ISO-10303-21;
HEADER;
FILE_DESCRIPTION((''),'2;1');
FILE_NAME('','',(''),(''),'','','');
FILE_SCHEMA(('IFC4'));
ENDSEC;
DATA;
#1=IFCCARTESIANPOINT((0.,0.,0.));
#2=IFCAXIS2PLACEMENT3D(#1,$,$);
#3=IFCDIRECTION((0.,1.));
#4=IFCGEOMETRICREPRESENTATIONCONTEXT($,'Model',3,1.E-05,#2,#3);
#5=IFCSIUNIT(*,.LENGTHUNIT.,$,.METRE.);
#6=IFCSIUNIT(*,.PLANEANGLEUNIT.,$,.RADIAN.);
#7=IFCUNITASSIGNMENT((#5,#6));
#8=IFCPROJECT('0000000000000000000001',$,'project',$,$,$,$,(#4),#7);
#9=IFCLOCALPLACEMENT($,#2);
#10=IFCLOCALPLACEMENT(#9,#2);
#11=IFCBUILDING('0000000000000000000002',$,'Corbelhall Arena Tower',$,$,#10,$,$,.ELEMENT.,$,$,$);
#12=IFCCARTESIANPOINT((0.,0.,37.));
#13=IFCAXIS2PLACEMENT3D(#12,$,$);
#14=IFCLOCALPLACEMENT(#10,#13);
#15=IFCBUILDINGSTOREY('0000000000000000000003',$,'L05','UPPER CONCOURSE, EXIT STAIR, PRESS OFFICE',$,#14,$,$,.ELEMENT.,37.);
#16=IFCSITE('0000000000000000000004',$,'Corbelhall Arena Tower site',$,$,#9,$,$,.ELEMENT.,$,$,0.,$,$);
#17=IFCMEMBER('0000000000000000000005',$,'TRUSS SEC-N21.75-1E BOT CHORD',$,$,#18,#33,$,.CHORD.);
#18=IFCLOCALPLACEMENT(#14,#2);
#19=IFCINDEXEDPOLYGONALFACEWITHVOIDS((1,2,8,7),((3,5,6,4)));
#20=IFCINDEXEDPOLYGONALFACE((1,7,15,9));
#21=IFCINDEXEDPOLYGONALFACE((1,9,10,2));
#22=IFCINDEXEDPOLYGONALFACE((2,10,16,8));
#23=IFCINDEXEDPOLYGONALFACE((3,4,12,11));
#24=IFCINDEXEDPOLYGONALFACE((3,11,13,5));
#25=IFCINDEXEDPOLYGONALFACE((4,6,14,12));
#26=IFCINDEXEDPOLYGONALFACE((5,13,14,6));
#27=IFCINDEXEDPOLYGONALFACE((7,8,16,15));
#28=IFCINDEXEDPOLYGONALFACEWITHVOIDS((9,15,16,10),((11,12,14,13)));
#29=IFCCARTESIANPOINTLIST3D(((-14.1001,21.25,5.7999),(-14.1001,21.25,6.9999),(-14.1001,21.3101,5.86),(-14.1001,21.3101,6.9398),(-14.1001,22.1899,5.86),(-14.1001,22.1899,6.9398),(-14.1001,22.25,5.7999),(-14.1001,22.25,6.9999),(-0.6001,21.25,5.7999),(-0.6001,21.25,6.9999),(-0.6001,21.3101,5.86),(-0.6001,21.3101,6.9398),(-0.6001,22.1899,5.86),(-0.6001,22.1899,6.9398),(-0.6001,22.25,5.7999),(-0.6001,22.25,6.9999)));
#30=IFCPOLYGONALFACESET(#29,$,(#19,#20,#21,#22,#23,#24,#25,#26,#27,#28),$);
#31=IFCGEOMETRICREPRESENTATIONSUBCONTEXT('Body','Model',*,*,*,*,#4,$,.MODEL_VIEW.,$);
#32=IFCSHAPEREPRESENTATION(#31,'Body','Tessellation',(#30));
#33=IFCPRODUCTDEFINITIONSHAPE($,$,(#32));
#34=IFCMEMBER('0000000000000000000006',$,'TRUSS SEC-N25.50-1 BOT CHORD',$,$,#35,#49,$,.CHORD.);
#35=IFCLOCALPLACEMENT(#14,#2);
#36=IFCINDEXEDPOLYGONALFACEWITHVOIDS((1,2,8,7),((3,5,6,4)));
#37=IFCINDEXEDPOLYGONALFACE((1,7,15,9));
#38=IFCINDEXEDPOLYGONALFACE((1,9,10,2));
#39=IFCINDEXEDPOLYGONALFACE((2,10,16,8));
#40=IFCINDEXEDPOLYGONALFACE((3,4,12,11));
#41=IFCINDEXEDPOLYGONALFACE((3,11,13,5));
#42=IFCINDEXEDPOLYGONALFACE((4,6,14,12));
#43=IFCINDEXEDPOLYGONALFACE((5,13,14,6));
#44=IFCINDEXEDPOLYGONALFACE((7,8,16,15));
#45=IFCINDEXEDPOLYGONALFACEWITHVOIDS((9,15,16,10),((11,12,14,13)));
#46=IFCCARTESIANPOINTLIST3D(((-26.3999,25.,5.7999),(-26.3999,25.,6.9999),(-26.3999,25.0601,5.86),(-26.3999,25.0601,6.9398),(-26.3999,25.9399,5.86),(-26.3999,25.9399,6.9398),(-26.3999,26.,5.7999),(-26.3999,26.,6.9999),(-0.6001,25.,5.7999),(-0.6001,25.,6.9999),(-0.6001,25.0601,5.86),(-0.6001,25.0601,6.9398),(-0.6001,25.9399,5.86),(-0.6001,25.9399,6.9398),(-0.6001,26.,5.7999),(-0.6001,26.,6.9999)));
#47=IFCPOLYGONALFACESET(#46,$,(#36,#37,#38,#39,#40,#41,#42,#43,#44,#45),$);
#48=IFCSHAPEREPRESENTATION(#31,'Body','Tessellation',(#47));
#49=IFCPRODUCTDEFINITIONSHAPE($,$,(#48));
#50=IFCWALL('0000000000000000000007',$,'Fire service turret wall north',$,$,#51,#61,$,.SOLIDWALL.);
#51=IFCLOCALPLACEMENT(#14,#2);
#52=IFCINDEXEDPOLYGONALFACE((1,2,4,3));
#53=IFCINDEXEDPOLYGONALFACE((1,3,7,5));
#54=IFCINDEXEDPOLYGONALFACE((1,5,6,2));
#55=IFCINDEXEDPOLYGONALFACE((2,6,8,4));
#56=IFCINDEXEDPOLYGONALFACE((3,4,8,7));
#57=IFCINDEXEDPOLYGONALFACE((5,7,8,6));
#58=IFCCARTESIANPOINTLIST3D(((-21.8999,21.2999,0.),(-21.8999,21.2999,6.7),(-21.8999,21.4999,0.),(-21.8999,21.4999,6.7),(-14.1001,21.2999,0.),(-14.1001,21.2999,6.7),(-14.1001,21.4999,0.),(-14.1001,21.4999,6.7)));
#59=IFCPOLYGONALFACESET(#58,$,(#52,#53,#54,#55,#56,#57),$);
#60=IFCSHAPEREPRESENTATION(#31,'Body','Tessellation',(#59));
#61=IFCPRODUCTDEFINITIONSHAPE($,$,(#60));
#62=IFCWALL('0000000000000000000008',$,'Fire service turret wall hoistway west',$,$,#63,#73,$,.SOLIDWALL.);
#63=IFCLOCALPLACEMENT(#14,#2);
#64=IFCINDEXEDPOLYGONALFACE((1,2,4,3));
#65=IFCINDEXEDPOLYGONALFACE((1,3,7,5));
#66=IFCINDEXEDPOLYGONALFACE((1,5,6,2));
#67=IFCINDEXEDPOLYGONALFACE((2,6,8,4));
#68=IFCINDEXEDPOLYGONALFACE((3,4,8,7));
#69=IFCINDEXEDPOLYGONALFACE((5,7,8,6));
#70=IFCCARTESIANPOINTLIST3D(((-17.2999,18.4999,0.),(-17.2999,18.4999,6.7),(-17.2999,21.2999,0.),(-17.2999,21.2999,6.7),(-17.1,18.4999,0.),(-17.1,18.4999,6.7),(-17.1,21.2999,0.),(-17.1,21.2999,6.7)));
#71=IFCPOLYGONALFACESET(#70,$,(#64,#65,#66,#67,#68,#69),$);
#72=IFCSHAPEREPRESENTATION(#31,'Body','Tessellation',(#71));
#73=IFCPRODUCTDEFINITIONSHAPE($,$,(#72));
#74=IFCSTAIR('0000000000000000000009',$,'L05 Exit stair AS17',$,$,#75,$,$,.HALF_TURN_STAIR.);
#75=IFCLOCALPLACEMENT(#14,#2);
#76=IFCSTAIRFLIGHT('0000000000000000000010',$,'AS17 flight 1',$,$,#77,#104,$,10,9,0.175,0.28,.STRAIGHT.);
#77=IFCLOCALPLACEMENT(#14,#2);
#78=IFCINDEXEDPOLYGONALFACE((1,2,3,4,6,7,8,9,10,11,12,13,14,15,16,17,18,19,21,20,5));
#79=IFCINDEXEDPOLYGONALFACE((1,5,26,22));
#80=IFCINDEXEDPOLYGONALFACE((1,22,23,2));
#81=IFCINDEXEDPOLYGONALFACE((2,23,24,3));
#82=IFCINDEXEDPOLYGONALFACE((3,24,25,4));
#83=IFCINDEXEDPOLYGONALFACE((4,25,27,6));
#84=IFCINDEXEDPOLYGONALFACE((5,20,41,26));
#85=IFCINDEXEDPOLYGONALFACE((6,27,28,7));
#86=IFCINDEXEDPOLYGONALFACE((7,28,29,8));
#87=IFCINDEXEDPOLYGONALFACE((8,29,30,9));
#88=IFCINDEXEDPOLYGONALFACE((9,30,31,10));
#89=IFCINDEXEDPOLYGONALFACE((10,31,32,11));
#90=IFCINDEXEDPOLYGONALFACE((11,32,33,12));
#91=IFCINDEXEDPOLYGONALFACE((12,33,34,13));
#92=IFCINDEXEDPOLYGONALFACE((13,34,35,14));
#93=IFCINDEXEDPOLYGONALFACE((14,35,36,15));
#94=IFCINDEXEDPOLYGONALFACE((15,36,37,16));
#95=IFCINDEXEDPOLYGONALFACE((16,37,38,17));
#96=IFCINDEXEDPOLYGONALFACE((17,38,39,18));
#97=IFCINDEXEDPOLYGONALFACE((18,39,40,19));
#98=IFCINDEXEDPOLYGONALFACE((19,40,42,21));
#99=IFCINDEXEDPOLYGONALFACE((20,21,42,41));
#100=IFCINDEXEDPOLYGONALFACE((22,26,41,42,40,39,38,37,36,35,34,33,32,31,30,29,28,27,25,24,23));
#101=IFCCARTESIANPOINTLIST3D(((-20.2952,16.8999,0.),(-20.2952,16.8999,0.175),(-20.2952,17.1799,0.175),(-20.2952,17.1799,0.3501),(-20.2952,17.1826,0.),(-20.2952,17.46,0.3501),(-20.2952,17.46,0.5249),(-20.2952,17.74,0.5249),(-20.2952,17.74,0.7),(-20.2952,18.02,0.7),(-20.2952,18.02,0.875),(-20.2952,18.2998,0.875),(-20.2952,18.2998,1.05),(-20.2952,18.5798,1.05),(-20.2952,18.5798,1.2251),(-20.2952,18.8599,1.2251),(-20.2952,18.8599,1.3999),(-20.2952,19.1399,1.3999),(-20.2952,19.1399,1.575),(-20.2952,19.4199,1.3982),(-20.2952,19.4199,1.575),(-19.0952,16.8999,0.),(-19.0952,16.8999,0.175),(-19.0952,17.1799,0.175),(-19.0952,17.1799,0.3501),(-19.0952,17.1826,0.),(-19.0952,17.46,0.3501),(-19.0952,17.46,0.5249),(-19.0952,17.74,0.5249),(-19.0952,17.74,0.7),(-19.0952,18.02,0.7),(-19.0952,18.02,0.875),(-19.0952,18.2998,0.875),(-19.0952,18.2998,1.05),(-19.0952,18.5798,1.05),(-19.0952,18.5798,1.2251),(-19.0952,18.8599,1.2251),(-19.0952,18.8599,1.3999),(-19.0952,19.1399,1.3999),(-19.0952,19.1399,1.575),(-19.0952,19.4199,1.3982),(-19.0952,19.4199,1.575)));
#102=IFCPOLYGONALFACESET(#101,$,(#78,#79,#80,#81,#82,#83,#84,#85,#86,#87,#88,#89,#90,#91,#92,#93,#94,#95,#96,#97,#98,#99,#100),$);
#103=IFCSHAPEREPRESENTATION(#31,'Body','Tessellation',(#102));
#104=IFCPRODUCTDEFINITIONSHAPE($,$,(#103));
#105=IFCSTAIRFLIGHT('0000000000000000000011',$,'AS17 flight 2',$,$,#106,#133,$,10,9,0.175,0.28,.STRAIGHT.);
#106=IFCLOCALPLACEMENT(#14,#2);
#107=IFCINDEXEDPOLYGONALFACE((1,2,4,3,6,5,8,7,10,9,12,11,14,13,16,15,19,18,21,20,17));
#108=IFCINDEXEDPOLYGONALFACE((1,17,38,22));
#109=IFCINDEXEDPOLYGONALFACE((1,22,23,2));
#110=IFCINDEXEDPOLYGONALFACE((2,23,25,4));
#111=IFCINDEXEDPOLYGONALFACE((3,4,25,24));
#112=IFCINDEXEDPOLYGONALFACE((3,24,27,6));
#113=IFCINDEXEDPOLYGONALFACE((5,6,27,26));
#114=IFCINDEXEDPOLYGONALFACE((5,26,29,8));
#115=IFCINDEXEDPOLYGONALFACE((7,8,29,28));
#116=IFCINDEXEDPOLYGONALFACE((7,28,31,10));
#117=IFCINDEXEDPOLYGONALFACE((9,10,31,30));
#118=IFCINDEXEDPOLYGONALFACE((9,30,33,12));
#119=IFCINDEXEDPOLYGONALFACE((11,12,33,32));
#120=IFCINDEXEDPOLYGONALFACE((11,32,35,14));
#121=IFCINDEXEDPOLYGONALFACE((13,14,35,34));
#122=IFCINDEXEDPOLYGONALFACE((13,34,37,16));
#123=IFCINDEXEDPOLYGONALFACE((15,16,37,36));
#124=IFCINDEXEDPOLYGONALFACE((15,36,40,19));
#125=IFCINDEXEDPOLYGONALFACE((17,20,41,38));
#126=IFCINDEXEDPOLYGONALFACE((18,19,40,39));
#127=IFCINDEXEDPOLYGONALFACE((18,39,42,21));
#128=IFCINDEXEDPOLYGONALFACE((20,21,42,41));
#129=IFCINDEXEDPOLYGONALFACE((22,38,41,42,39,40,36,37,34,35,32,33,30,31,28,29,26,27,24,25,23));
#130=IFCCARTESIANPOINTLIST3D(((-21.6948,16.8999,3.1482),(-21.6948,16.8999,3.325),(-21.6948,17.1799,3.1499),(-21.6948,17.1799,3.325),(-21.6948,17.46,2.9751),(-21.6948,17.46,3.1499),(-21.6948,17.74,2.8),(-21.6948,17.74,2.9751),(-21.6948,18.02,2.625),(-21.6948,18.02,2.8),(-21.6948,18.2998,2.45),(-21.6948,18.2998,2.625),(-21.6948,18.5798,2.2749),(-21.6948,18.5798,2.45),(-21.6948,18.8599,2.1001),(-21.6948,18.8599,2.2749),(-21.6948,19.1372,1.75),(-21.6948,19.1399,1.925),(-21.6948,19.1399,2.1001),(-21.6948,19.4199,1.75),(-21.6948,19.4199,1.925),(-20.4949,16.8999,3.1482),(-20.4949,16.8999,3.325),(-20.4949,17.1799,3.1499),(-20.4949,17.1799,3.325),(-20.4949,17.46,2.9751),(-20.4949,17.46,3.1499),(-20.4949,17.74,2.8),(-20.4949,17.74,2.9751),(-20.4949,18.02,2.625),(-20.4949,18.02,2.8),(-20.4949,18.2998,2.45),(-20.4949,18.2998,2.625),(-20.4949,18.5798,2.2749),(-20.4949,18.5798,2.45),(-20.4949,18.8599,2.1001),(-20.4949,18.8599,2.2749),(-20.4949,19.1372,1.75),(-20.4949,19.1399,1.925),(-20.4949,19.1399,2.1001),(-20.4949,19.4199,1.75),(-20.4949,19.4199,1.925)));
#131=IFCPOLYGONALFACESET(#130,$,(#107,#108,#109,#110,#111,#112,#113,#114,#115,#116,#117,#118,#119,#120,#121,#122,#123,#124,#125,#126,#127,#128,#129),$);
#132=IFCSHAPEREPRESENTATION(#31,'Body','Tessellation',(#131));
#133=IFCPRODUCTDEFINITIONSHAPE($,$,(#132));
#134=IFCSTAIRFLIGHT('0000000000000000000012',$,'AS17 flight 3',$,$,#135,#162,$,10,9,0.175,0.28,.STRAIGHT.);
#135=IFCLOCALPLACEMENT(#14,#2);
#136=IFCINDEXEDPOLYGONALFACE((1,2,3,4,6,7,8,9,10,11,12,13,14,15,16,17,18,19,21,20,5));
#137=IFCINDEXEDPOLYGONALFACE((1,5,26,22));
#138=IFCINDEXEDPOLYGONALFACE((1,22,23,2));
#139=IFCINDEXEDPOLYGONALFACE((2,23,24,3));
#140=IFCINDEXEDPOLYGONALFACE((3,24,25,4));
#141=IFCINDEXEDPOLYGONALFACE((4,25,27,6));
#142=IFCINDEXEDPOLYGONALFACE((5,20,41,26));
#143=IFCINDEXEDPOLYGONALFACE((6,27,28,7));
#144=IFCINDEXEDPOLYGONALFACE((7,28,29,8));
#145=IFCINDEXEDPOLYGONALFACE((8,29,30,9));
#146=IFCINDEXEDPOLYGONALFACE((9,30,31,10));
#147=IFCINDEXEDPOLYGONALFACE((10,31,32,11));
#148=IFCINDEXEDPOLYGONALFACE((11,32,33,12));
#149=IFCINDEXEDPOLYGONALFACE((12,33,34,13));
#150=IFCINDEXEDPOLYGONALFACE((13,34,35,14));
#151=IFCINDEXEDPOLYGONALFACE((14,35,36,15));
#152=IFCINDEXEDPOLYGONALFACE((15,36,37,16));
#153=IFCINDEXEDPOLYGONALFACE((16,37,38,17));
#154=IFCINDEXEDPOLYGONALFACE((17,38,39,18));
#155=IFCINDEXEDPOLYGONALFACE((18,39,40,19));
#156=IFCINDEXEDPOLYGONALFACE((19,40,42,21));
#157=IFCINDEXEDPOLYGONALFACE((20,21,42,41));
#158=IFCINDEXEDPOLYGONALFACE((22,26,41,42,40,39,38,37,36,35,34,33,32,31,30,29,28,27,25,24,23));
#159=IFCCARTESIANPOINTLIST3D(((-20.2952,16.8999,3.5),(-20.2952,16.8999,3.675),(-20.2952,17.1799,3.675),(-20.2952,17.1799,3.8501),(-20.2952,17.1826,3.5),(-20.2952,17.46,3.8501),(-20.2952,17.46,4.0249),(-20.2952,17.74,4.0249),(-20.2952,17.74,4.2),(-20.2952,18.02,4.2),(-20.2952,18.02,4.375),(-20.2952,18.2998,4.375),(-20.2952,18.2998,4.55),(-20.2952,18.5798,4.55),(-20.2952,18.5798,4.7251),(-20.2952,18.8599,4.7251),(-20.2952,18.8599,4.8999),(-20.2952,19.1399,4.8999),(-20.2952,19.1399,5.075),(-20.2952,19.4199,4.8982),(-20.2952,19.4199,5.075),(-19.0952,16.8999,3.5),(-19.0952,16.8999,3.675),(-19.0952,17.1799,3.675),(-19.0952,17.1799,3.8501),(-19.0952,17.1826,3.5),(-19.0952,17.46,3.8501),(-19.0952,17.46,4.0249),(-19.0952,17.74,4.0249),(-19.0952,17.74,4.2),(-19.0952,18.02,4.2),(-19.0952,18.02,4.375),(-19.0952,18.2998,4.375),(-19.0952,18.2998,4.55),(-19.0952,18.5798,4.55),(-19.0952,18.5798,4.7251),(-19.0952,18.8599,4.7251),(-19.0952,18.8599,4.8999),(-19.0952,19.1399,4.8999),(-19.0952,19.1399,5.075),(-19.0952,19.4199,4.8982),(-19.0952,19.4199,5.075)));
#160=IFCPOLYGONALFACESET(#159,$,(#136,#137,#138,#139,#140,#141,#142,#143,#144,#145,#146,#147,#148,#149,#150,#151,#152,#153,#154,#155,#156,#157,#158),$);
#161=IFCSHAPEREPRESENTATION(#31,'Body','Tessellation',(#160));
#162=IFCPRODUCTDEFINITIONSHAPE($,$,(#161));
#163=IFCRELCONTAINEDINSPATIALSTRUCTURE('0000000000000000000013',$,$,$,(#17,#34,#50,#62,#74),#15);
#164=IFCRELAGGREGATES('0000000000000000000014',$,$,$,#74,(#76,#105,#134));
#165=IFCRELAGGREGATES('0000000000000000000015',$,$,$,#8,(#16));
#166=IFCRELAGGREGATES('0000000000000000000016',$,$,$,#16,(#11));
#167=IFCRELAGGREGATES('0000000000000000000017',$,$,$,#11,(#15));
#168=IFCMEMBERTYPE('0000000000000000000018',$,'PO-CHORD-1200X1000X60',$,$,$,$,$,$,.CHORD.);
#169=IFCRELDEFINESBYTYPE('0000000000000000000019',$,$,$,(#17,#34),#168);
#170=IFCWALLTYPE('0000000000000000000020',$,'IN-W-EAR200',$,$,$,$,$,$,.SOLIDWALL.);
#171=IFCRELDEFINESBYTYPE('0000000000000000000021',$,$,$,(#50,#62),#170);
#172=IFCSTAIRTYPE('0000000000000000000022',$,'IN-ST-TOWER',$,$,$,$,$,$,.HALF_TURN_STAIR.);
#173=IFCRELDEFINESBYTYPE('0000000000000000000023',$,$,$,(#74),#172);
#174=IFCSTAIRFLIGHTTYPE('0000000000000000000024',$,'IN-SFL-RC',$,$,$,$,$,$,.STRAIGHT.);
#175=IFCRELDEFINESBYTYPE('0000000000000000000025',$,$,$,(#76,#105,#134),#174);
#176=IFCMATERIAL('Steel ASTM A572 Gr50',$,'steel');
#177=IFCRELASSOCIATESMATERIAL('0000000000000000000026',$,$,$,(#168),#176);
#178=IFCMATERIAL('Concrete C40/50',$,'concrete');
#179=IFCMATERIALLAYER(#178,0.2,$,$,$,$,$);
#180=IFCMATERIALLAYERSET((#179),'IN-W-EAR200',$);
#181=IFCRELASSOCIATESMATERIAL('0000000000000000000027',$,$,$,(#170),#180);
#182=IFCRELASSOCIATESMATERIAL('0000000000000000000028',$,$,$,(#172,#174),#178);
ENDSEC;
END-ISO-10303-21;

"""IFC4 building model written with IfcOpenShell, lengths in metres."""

from ifc_helpers import new_model, si_unit, direction, frame, frame_2d, origin, origin_2d, place, context, subcontext, project, spatial, polyline, rectangle, hollow_rectangle, outline, extrude, material, layer, layer_set, material_profile, profile_set, type_object, element, aggregate, save


model = new_model("IFC4")

# Units and contexts
model_context = context("Model", 3, precision=1e-05, world=origin(), true_north=direction((0.0, 1.0)))
body_context = subcontext(model_context, "Body", "Model", "MODEL_VIEW")
ifc_project = project(units=[si_unit("LENGTHUNIT", "METRE"), si_unit("PLANEANGLEUNIT", "RADIAN")], contexts=[model_context])

# Site, building, storey
site_placement = place(None, origin())
site = spatial("IfcSite", under=ifc_project, at=site_placement, Name="Corbelhall Arena Tower site", CompositionType="ELEMENT", RefElevation=0.0)
building_placement = place(site_placement, origin())
building = spatial("IfcBuilding", under=site, at=building_placement, Name="Corbelhall Arena Tower", CompositionType="ELEMENT")
storey_placement = place(building_placement, frame((0.0, 0.0, 37.0)))
storey = spatial("IfcBuildingStorey", under=building, at=storey_placement, Name="L05", Description="UPPER CONCOURSE, EXIT STAIR, PRESS OFFICE", CompositionType="ELEMENT", Elevation=37.0)

# Members
ifc_material_1 = material(Name="Steel ASTM A572 Gr50", Category="steel")
ifc_material_profile_1 = material_profile(ifc_material_1, hollow_rectangle(XDim=1.0, YDim=1.2, WallThickness=0.0601, at=origin_2d()))
ifc_profile_set_1 = profile_set([ifc_material_profile_1], Name="Steel ASTM A572 Gr50")
member_type = type_object("IfcMemberType", Name="PO-CHORD-1200X1000X60", PredefinedType="CHORD", material=ifc_profile_set_1)
member_1_placement = place(storey_placement, frame((-14.1001, 21.75, 6.3999), z_axis=(1.0, 0.0, 0.0), x_axis=(0.0, 1.0, 0.0)))
element("IfcMember", 1, at=member_1_placement, inside=storey, type_object=member_type, Name="TRUSS SEC-N21.75-1E BOT CHORD", PredefinedType="CHORD", context=body_context, shape_type="SweptSolid", body=[
    extrude(hollow_rectangle(XDim=1.0, YDim=1.2, WallThickness=0.0601, at=origin_2d()), origin(), (0.0, 0.0, 1.0), 13.5),
])
member_2_placement = place(storey_placement, frame((-26.3999, 25.5, 6.3999), z_axis=(1.0, 0.0, 0.0), x_axis=(0.0, 1.0, 0.0)))
element("IfcMember", 2, at=member_2_placement, inside=storey, type_object=member_type, Name="TRUSS SEC-N25.50-1 BOT CHORD", PredefinedType="CHORD", context=body_context, shape_type="SweptSolid", body=[
    extrude(hollow_rectangle(XDim=1.0, YDim=1.2, WallThickness=0.0601, at=origin_2d()), origin(), (0.0, 0.0, 1.0), 25.7998),
])

# Walls
ifc_material_2 = material(Name="Concrete C40/50", Category="concrete")
ifc_layer = layer(ifc_material_2, 0.2)
ifc_layer_set = layer_set([ifc_layer], Name="IN-W-EAR200")
wall_type = type_object("IfcWallType", Name="IN-W-EAR200", PredefinedType="SOLIDWALL", material=ifc_layer_set)
wall_1_placement = place(storey_placement, frame((-21.8999, 21.3999, 0.0), z_axis=(0.0, 0.0, 1.0), x_axis=(1.0, 0.0, 0.0)))
element("IfcWall", 3, at=wall_1_placement, inside=storey, type_object=wall_type, Name="Fire service turret wall north", PredefinedType="SOLIDWALL", context=body_context, shape_type="SweptSolid", body=[
    extrude(rectangle(XDim=7.7998, YDim=0.2, at=frame_2d((3.8999, 0.0))), origin(), (0.0, 0.0, 1.0), 6.7),
])
wall_2_placement = place(storey_placement, frame((-17.2, 18.5, 0.0), z_axis=(0.0, 0.0, 1.0), x_axis=(0.0, 1.0, 0.0)))
element("IfcWall", 4, at=wall_2_placement, inside=storey, type_object=wall_type, Name="Fire service turret wall hoistway west", PredefinedType="SOLIDWALL", context=body_context, shape_type="SweptSolid", body=[
    extrude(rectangle(XDim=2.8, YDim=0.2, at=frame_2d((1.3999, 0.0))), origin(), (0.0, 0.0, 1.0), 6.7),
])

# Stair, stair flights
stair_type = type_object("IfcStairType", Name="IN-ST-TOWER", PredefinedType="HALF_TURN_STAIR", material=ifc_material_2)
stair_placement = place(storey_placement, origin())
stair = element("IfcStair", 5, at=stair_placement, inside=storey, type_object=stair_type, Name="L05 Exit stair AS17", PredefinedType="HALF_TURN_STAIR")
stair_flight_type = type_object("IfcStairFlightType", Name="IN-SFL-RC", PredefinedType="STRAIGHT", material=ifc_material_2)
stair_flight_1_placement = place(storey_placement, frame((-19.6951, 16.8999, 0.0), z_axis=(0.0, 0.0, 1.0), x_axis=(0.0, 1.0, 0.0)))
stair_flight_1 = element("IfcStairFlight", 6, at=stair_flight_1_placement, type_object=stair_flight_type, Name="AS17 flight 1", NumberOfRisers=10, NumberOfTreads=9, PredefinedType="STRAIGHT", RiserHeight=0.175, TreadLength=0.28, context=body_context, shape_type="SweptSolid", body=[
    extrude(outline(polyline([(0.0, 0.0), (0.0, 0.175), (0.28, 0.175), (0.28, 0.3501), (0.5601, 0.3501), (0.5601, 0.5249), (0.8401, 0.5249), (0.8401, 0.7), (1.1201, 0.7), (1.1201, 0.875), (1.3999, 0.875), (1.3999, 1.05), (1.6799, 1.05), (1.6799, 1.2251), (1.96, 1.2251), (1.96, 1.3999), (2.24, 1.3999), (2.24, 1.575), (2.52, 1.575), (2.52, 1.75), (2.52, 1.3982), (0.2827, 0.0), (0.0, 0.0)])), frame((0.0, 0.6001, 0.0), z_axis=(0.0, -1.0, 0.0), x_axis=(1.0, 0.0, 0.0)), (0.0, 0.0, 1.0), 1.2),
])
stair_flight_2_placement = place(storey_placement, frame((-21.095, 19.4199, 1.75), z_axis=(0.0, 0.0, 1.0), x_axis=(0.0, -1.0, 0.0)))
stair_flight_2 = element("IfcStairFlight", 7, at=stair_flight_2_placement, type_object=stair_flight_type, Name="AS17 flight 2", NumberOfRisers=10, NumberOfTreads=9, PredefinedType="STRAIGHT", RiserHeight=0.175, TreadLength=0.28, context=body_context, shape_type="SweptSolid", body=[
    extrude(outline(polyline([(0.0, 0.0), (0.0, 0.175), (0.28, 0.175), (0.28, 0.3501), (0.5601, 0.3501), (0.5601, 0.5249), (0.8401, 0.5249), (0.8401, 0.7), (1.1201, 0.7), (1.1201, 0.875), (1.3999, 0.875), (1.3999, 1.05), (1.6799, 1.05), (1.6799, 1.2251), (1.96, 1.2251), (1.96, 1.3999), (2.24, 1.3999), (2.24, 1.575), (2.52, 1.575), (2.52, 1.75), (2.52, 1.3982), (0.2827, 0.0), (0.0, 0.0)])), frame((0.0, 0.6001, 0.0), z_axis=(0.0, -1.0, 0.0), x_axis=(1.0, 0.0, 0.0)), (0.0, 0.0, 1.0), 1.2),
])
stair_flight_3_placement = place(storey_placement, frame((-19.6951, 16.8999, 3.5), z_axis=(0.0, 0.0, 1.0), x_axis=(0.0, 1.0, 0.0)))
stair_flight_3 = element("IfcStairFlight", 8, at=stair_flight_3_placement, type_object=stair_flight_type, Name="AS17 flight 3", NumberOfRisers=10, NumberOfTreads=9, PredefinedType="STRAIGHT", RiserHeight=0.175, TreadLength=0.28, context=body_context, shape_type="SweptSolid", body=[
    extrude(outline(polyline([(0.0, 0.0), (0.0, 0.175), (0.28, 0.175), (0.28, 0.3501), (0.5601, 0.3501), (0.5601, 0.5249), (0.8401, 0.5249), (0.8401, 0.7), (1.1201, 0.7), (1.1201, 0.875), (1.3999, 0.875), (1.3999, 1.05), (1.6799, 1.05), (1.6799, 1.2251), (1.96, 1.2251), (1.96, 1.3999), (2.24, 1.3999), (2.24, 1.575), (2.52, 1.575), (2.52, 1.75), (2.52, 1.3982), (0.2827, 0.0), (0.0, 0.0)])), frame((0.0, 0.6001, 0.0), z_axis=(0.0, -1.0, 0.0), x_axis=(1.0, 0.0, 0.0)), (0.0, 0.0, 1.0), 1.2),
])
aggregate(stair, [stair_flight_1, stair_flight_2, stair_flight_3])

save(model, "model.ifc")
